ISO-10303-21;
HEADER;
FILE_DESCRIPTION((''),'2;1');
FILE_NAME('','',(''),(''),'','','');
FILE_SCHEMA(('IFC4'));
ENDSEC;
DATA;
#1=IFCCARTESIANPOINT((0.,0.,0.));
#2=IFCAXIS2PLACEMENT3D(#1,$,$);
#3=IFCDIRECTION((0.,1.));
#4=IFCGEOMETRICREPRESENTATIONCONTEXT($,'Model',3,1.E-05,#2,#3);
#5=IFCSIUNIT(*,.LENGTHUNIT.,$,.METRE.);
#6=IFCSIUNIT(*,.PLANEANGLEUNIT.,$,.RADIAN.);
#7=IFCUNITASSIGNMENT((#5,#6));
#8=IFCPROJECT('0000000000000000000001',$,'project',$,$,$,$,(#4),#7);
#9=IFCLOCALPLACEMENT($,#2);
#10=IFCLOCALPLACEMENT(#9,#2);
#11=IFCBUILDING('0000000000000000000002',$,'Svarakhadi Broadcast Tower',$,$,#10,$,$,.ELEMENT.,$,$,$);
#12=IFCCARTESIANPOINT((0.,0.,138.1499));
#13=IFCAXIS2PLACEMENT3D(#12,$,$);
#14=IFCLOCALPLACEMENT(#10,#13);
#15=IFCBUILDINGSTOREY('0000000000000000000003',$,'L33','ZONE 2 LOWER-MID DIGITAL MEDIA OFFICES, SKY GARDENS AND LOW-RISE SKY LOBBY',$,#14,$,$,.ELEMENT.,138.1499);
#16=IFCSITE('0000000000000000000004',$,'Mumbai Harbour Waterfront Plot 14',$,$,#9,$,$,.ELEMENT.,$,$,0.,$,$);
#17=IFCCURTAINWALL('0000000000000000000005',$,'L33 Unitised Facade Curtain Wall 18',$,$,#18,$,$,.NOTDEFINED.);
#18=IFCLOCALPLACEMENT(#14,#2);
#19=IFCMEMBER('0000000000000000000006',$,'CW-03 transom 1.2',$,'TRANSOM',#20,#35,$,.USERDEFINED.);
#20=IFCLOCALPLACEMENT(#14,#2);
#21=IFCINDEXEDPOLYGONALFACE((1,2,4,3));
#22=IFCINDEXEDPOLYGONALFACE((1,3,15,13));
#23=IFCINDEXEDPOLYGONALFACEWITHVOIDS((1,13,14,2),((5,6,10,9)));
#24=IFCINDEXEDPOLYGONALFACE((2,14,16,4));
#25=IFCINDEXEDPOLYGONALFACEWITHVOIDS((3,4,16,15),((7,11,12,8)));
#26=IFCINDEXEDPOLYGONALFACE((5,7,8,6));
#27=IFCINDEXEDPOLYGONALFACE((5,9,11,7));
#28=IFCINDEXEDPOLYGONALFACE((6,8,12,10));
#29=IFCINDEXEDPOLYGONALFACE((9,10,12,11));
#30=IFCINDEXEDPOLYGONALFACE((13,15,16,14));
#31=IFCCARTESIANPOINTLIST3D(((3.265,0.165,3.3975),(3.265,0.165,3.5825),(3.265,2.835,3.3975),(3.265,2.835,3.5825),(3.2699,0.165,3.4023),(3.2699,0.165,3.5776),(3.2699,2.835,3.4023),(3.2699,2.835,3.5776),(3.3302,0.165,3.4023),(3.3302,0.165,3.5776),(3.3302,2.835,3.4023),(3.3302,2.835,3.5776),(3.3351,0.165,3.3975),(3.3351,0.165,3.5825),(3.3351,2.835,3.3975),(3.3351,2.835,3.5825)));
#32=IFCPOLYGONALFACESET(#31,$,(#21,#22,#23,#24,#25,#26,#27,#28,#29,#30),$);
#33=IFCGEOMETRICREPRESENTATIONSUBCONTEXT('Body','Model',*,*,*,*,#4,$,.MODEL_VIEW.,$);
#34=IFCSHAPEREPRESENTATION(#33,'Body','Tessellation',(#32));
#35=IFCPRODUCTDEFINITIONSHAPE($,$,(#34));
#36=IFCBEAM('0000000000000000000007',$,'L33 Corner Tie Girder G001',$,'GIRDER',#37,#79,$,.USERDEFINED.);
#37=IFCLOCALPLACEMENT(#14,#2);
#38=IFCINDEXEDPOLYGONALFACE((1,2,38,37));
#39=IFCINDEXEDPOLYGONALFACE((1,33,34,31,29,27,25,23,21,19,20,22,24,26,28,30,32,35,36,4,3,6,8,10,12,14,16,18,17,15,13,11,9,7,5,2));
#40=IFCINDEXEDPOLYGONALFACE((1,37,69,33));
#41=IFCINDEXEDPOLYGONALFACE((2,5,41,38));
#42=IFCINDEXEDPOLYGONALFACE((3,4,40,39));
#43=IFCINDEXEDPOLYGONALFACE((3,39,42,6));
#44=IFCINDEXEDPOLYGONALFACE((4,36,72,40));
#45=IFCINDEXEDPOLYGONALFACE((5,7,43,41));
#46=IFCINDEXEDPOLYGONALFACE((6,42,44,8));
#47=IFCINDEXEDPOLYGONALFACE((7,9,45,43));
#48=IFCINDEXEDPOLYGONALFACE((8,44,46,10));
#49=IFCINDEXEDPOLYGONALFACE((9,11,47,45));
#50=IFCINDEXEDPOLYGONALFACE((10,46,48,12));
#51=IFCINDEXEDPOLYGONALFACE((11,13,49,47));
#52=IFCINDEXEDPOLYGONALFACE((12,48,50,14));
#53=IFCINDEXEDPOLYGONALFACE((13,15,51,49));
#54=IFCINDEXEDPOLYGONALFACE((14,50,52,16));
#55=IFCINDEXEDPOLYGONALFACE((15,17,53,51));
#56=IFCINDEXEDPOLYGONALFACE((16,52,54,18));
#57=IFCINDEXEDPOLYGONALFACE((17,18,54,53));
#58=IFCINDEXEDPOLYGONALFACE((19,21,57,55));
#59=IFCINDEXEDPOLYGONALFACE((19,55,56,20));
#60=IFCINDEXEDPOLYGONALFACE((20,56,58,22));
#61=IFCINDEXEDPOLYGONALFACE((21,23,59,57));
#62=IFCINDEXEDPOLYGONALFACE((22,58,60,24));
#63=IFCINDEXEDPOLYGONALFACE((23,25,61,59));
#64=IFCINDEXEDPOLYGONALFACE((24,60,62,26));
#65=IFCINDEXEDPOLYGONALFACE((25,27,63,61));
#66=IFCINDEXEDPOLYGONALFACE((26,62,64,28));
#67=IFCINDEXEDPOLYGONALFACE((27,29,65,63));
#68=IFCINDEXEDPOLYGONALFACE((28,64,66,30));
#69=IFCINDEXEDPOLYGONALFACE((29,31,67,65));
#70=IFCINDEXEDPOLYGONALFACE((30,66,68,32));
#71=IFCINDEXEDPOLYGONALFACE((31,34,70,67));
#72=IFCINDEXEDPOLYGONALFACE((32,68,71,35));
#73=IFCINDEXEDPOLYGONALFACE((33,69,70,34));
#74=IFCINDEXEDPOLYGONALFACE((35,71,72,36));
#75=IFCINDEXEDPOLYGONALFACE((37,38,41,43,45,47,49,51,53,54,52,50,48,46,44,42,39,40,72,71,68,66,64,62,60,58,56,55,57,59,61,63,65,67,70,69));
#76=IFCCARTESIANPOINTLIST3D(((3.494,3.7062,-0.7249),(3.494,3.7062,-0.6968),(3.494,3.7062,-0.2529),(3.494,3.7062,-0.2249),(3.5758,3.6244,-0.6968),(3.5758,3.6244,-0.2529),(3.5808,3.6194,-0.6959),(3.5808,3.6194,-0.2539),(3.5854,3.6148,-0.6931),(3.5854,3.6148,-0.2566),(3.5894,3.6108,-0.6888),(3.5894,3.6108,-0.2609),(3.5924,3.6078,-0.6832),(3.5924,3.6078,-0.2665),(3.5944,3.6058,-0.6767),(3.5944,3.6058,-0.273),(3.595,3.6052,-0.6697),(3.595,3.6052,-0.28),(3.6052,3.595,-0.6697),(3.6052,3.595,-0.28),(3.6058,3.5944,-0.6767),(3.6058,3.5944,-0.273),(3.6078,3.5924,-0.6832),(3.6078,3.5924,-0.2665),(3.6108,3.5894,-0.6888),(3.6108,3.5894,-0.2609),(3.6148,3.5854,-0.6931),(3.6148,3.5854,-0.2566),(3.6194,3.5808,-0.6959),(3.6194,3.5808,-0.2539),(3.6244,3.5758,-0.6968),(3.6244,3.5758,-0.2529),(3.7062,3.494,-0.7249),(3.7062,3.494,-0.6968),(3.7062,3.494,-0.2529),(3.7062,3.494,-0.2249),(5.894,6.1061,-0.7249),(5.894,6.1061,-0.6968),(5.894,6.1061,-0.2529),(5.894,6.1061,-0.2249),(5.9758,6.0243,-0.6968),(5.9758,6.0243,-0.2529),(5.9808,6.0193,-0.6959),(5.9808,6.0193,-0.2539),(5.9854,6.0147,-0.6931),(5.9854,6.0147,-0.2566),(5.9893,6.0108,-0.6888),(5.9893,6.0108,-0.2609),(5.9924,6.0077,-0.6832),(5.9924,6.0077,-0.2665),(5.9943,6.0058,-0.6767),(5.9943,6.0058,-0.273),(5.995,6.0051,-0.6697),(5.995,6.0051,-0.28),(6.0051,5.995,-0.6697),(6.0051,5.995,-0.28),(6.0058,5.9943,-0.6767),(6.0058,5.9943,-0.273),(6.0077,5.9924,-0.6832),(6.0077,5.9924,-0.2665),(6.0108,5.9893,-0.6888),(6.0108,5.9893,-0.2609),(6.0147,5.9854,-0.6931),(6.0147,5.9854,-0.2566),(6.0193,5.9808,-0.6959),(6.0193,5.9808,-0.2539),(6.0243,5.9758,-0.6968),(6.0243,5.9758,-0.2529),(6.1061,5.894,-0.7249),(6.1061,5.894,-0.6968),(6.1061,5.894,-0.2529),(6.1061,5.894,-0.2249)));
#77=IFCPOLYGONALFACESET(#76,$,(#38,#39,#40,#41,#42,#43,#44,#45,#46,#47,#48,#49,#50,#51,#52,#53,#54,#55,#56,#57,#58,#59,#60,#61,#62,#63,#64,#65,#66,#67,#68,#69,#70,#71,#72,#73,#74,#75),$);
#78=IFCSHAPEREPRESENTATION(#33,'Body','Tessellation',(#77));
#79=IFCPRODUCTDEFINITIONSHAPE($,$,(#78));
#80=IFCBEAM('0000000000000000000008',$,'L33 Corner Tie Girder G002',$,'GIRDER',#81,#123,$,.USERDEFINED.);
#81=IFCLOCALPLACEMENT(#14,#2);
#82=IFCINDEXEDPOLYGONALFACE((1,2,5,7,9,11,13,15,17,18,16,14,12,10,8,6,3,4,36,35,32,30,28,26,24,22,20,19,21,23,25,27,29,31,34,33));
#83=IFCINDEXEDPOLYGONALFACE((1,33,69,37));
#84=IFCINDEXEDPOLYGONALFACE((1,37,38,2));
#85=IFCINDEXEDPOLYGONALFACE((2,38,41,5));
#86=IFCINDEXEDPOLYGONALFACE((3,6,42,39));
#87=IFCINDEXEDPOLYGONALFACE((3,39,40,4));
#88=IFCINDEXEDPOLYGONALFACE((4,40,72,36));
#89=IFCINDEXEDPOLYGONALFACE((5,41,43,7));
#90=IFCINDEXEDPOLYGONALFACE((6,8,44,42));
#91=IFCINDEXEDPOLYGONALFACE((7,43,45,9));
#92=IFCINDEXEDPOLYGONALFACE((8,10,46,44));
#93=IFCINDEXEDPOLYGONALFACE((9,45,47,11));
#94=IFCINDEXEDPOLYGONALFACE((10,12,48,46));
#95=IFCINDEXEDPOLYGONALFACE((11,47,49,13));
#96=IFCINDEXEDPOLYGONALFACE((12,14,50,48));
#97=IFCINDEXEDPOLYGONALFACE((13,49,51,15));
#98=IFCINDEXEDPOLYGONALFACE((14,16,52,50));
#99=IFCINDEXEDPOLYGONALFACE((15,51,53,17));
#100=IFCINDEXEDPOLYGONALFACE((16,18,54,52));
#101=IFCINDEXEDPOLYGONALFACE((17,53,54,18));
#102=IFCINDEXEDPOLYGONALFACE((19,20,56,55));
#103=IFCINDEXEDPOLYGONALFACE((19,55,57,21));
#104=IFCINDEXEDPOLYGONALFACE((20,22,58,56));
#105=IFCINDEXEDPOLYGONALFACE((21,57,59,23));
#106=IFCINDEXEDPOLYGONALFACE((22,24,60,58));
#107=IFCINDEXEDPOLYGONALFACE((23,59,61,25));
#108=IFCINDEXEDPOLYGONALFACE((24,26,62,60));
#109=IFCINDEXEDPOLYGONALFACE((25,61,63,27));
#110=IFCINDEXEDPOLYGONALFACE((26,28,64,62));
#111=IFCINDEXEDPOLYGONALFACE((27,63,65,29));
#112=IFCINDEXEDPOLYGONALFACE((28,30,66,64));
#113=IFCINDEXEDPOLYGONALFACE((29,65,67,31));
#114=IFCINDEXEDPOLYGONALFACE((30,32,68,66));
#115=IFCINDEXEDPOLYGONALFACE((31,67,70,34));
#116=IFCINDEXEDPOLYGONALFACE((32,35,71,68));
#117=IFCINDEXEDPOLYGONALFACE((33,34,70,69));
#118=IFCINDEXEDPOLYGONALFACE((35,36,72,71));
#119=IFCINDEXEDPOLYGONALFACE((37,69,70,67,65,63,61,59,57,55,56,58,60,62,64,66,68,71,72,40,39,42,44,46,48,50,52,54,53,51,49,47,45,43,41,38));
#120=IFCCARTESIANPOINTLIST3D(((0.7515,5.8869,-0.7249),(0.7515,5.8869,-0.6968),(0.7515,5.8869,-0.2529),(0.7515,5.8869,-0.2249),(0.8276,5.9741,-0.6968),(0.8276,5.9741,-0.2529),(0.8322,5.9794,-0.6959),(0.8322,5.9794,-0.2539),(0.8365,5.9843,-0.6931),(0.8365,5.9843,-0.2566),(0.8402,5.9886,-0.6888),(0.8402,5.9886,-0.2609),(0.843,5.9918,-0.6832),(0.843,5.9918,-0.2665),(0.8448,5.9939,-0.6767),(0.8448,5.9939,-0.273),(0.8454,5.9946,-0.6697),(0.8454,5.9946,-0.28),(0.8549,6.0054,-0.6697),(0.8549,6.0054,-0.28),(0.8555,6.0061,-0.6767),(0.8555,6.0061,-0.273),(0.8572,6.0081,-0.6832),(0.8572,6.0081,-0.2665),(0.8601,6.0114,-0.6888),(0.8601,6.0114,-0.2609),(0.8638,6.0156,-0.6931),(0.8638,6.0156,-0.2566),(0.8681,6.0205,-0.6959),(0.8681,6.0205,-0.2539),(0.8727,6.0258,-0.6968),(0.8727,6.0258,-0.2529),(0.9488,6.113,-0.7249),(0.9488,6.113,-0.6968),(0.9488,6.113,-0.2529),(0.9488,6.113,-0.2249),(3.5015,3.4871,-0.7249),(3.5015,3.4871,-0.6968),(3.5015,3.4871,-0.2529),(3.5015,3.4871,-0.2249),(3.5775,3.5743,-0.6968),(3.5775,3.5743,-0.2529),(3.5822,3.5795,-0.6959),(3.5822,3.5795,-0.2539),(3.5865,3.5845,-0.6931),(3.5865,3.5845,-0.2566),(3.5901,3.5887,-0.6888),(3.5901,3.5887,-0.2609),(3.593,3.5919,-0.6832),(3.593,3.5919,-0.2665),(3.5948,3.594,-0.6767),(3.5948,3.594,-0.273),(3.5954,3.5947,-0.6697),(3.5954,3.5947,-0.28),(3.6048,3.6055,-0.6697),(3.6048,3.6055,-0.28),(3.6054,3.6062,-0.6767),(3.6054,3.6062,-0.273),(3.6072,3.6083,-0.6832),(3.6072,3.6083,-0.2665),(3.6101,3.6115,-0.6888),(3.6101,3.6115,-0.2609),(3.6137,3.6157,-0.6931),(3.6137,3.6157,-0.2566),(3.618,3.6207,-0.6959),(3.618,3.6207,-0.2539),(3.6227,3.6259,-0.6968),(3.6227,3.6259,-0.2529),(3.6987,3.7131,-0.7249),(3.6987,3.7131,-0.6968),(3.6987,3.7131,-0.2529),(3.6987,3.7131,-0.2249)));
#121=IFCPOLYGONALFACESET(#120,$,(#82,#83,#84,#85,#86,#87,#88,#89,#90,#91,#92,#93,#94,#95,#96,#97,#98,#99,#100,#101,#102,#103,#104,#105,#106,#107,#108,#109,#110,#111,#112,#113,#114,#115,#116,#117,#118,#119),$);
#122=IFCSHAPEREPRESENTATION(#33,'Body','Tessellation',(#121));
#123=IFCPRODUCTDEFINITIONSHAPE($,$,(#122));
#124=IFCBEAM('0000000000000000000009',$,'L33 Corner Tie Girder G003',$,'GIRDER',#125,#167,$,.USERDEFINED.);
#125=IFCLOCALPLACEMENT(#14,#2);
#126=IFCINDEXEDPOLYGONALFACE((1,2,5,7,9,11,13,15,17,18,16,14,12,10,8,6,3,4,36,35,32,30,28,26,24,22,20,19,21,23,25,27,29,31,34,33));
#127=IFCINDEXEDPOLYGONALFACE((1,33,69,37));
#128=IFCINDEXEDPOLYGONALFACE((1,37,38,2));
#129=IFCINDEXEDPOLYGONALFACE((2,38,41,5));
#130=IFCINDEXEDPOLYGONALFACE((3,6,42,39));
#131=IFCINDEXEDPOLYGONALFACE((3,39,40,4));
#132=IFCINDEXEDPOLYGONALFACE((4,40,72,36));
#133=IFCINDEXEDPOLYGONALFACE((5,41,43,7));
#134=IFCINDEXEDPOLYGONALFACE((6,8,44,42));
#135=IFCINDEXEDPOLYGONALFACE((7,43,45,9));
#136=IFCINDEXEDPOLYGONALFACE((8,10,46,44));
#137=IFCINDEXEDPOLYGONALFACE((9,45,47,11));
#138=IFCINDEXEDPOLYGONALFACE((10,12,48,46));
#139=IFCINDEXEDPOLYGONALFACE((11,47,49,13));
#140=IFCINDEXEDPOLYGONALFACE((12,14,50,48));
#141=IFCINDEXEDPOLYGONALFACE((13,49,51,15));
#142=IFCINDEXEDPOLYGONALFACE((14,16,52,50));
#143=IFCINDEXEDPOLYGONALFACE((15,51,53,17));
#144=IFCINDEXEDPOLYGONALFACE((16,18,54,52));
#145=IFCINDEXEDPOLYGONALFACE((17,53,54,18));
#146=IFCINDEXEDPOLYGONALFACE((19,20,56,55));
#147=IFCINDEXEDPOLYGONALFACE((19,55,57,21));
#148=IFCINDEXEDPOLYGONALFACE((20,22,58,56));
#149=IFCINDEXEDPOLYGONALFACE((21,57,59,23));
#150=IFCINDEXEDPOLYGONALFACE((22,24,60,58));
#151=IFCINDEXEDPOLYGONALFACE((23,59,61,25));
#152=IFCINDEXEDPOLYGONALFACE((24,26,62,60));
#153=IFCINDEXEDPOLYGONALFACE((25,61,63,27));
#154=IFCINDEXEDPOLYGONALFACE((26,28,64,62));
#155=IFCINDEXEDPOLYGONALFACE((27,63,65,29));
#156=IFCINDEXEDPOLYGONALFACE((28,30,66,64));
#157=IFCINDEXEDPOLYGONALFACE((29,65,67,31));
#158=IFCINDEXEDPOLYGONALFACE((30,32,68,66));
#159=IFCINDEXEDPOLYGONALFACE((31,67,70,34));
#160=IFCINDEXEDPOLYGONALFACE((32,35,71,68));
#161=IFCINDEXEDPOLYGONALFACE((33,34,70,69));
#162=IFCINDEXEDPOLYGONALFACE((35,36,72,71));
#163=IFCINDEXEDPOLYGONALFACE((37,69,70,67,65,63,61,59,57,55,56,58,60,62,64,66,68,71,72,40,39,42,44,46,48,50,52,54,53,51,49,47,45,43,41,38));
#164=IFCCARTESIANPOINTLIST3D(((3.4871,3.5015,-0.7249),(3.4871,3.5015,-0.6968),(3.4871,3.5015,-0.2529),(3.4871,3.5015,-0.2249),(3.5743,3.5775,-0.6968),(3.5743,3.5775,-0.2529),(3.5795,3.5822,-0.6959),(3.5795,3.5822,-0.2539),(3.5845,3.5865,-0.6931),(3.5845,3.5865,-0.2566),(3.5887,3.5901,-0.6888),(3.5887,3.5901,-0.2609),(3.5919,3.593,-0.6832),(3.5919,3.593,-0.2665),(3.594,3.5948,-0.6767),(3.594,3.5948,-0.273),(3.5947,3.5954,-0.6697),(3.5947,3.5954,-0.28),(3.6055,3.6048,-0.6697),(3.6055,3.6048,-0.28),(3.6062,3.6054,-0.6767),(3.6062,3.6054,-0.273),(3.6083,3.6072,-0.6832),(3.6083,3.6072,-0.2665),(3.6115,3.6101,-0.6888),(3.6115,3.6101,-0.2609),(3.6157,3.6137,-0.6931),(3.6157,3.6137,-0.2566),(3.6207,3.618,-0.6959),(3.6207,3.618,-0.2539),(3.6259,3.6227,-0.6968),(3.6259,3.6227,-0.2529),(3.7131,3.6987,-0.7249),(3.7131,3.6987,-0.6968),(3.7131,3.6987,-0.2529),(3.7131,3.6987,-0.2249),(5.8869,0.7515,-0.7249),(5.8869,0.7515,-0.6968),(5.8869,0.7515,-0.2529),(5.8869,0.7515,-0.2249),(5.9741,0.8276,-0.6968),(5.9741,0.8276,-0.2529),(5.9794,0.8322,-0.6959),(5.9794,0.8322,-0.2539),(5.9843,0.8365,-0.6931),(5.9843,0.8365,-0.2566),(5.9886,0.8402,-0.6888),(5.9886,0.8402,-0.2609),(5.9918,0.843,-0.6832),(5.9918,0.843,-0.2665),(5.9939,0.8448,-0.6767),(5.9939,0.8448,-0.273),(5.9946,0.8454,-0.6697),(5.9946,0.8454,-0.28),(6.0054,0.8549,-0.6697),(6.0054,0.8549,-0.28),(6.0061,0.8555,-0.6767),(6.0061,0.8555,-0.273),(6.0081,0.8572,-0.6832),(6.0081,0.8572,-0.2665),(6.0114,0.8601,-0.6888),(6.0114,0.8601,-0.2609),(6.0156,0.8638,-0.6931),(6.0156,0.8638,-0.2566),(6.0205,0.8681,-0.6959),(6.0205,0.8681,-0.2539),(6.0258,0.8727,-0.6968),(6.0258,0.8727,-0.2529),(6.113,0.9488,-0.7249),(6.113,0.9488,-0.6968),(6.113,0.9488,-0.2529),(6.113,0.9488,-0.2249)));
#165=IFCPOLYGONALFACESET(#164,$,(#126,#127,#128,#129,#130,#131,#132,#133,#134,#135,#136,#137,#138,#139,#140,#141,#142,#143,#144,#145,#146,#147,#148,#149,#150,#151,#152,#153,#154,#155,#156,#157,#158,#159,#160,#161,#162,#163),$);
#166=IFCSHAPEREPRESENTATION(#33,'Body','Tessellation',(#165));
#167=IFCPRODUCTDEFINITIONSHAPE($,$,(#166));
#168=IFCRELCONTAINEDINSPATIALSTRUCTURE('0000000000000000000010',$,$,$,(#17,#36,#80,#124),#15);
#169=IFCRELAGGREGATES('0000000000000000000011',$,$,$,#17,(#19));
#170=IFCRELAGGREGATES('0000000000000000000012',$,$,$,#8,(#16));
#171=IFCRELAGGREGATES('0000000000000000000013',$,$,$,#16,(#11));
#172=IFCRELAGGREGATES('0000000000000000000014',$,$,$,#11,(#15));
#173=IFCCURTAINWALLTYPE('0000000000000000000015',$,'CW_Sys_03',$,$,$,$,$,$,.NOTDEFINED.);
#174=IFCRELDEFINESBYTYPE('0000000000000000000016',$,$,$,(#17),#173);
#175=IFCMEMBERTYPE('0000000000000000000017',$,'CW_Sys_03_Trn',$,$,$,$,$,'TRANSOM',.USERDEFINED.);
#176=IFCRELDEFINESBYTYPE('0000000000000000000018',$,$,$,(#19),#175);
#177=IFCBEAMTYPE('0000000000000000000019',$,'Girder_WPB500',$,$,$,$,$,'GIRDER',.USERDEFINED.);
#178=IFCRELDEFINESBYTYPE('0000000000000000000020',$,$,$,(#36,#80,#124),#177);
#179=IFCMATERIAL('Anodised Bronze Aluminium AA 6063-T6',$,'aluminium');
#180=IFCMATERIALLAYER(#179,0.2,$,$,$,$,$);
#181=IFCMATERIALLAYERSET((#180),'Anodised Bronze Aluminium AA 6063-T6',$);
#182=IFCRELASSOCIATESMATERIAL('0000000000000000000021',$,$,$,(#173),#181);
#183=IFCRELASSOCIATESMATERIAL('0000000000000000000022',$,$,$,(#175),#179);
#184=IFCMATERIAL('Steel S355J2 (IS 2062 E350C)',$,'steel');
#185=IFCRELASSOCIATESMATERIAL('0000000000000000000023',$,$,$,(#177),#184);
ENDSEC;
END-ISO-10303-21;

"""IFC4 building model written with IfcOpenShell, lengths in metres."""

from ifc_helpers import new_model, si_unit, direction, frame, origin, origin_2d, place, context, subcontext, project, spatial, hollow_rectangle, i_section, extrude, material, layer, layer_set, material_profile, profile_set, type_object, element, aggregate, save


model = new_model("IFC4")

# Units and contexts
model_context = context("Model", 3, precision=1e-05, world=origin(), true_north=direction((0.0, 1.0)))
body_context = subcontext(model_context, "Body", "Model", "MODEL_VIEW")
ifc_project = project(units=[si_unit("LENGTHUNIT", "METRE"), si_unit("PLANEANGLEUNIT", "RADIAN")], contexts=[model_context])

# Site, building, storey
site_placement = place(None, origin())
site = spatial("IfcSite", under=ifc_project, at=site_placement, Name="Mumbai Harbour Waterfront Plot 14", CompositionType="ELEMENT", RefElevation=0.0)
building_placement = place(site_placement, origin())
building = spatial("IfcBuilding", under=site, at=building_placement, Name="Svarakhadi Broadcast Tower", CompositionType="ELEMENT")
storey_placement = place(building_placement, frame((0.0, 0.0, 138.1499)))
storey = spatial("IfcBuildingStorey", under=building, at=storey_placement, Name="L33", Description="ZONE 2 LOWER-MID DIGITAL MEDIA OFFICES, SKY GARDENS AND LOW-RISE SKY LOBBY", CompositionType="ELEMENT", Elevation=138.1499)

# Shared definitions
ifc_material_1 = material(Name="Anodised Bronze Aluminium AA 6063-T6", Category="aluminium")
ifc_layer_1 = layer(ifc_material_1, 0.2)
ifc_layer_set_1 = layer_set([ifc_layer_1], Name="Anodised Bronze Aluminium AA 6063-T6")
curtain_wall_type = type_object("IfcCurtainWallType", Name="CW_Sys_03", PredefinedType="NOTDEFINED", material=ifc_layer_set_1)

# Curtain wall
curtain_wall_1_placement = place(storey_placement, origin())
curtain_wall_1 = element("IfcCurtainWall", 1, at=curtain_wall_1_placement, inside=storey, type_object=curtain_wall_type, Name="L33 Unitised Facade Curtain Wall 18", PredefinedType="NOTDEFINED")

# Member
ifc_material_profile_1 = material_profile(ifc_material_1, hollow_rectangle(XDim=0.0701, YDim=0.1851, WallThickness=0.0049, at=origin_2d()), Name="ALU TRANSOM 185x70x5")
ifc_profile_set_1 = profile_set([ifc_material_profile_1], Name="Anodised Bronze Aluminium AA 6063-T6")
member_type_1 = type_object("IfcMemberType", Name="CW_Sys_03_Trn", ElementType="TRANSOM", PredefinedType="USERDEFINED", material=ifc_profile_set_1)
member_1_placement = place(storey_placement, frame((3.3, 0.165, 3.49), z_axis=(0.0, 1.0, 0.0), x_axis=(-1.0, 0.0, 0.0)))
member_1 = element("IfcMember", 2, at=member_1_placement, type_object=member_type_1, Name="CW-03 transom 1.2", ObjectType="TRANSOM", PredefinedType="USERDEFINED", context=body_context, shape_type="SweptSolid", body=[
    extrude(hollow_rectangle(XDim=0.0701, YDim=0.1851, WallThickness=0.0049, at=origin_2d()), origin(), (0.0, 0.0, 1.0), 2.6699),
])

# Beams
ifc_material_2 = material(Name="Steel S355J2 (IS 2062 E350C)", Category="steel")
ifc_material_profile_2 = material_profile(ifc_material_2, i_section(OverallWidth=0.3, OverallDepth=0.5, WebThickness=0.0144, FlangeThickness=0.0281, FilletRadius=0.0271, at=origin_2d()), Name="WPB 500x300x187")
ifc_profile_set_2 = profile_set([ifc_material_profile_2], Name="Steel S355J2 (IS 2062 E350C)")
beam_type = type_object("IfcBeamType", Name="Girder_WPB500", ElementType="GIRDER", PredefinedType="USERDEFINED", material=ifc_profile_set_2)
beam_1_placement = place(storey_placement, frame((3.6001, 3.6001, -0.4749), z_axis=(0.707107, 0.707107, 0.0), x_axis=(-0.707107, 0.707107, 0.0)))
element("IfcBeam", 3, at=beam_1_placement, inside=storey, type_object=beam_type, Name="L33 Corner Tie Girder G001", ObjectType="GIRDER", PredefinedType="USERDEFINED", context=body_context, shape_type="SweptSolid", body=[
    extrude(i_section(OverallWidth=0.3, OverallDepth=0.5, WebThickness=0.0144, FlangeThickness=0.0281, FilletRadius=0.0271, at=origin_2d()), origin(), (0.0, 0.0, 1.0), 3.394),
])
for number, where, z_axis, x_axis, name in (
    (4, (3.6001, 3.6001, -0.4749), (-0.753438, 0.657519, 0.0), (-0.657519, -0.753438, 0.0), "L33 Corner Tie Girder G002"),
    (5, (3.6001, 3.6001, -0.4749), (0.657519, -0.753438, 0.0), (0.753438, 0.657519, 0.0), "L33 Corner Tie Girder G003"),
):
    element("IfcBeam", number, at=place(storey_placement, frame(where, z_axis=z_axis, x_axis=x_axis)), inside=storey, type_object=beam_type, Name=name, ObjectType="GIRDER", PredefinedType="USERDEFINED", context=body_context, shape_type="SweptSolid", body=[
        extrude(i_section(OverallWidth=0.3, OverallDepth=0.5, WebThickness=0.0144, FlangeThickness=0.0281, FilletRadius=0.0271, at=origin_2d()), origin(), (0.0, 0.0, 1.0), 3.6499),
    ])

aggregate(curtain_wall_1, [member_1])

save(model, "model.ifc")
